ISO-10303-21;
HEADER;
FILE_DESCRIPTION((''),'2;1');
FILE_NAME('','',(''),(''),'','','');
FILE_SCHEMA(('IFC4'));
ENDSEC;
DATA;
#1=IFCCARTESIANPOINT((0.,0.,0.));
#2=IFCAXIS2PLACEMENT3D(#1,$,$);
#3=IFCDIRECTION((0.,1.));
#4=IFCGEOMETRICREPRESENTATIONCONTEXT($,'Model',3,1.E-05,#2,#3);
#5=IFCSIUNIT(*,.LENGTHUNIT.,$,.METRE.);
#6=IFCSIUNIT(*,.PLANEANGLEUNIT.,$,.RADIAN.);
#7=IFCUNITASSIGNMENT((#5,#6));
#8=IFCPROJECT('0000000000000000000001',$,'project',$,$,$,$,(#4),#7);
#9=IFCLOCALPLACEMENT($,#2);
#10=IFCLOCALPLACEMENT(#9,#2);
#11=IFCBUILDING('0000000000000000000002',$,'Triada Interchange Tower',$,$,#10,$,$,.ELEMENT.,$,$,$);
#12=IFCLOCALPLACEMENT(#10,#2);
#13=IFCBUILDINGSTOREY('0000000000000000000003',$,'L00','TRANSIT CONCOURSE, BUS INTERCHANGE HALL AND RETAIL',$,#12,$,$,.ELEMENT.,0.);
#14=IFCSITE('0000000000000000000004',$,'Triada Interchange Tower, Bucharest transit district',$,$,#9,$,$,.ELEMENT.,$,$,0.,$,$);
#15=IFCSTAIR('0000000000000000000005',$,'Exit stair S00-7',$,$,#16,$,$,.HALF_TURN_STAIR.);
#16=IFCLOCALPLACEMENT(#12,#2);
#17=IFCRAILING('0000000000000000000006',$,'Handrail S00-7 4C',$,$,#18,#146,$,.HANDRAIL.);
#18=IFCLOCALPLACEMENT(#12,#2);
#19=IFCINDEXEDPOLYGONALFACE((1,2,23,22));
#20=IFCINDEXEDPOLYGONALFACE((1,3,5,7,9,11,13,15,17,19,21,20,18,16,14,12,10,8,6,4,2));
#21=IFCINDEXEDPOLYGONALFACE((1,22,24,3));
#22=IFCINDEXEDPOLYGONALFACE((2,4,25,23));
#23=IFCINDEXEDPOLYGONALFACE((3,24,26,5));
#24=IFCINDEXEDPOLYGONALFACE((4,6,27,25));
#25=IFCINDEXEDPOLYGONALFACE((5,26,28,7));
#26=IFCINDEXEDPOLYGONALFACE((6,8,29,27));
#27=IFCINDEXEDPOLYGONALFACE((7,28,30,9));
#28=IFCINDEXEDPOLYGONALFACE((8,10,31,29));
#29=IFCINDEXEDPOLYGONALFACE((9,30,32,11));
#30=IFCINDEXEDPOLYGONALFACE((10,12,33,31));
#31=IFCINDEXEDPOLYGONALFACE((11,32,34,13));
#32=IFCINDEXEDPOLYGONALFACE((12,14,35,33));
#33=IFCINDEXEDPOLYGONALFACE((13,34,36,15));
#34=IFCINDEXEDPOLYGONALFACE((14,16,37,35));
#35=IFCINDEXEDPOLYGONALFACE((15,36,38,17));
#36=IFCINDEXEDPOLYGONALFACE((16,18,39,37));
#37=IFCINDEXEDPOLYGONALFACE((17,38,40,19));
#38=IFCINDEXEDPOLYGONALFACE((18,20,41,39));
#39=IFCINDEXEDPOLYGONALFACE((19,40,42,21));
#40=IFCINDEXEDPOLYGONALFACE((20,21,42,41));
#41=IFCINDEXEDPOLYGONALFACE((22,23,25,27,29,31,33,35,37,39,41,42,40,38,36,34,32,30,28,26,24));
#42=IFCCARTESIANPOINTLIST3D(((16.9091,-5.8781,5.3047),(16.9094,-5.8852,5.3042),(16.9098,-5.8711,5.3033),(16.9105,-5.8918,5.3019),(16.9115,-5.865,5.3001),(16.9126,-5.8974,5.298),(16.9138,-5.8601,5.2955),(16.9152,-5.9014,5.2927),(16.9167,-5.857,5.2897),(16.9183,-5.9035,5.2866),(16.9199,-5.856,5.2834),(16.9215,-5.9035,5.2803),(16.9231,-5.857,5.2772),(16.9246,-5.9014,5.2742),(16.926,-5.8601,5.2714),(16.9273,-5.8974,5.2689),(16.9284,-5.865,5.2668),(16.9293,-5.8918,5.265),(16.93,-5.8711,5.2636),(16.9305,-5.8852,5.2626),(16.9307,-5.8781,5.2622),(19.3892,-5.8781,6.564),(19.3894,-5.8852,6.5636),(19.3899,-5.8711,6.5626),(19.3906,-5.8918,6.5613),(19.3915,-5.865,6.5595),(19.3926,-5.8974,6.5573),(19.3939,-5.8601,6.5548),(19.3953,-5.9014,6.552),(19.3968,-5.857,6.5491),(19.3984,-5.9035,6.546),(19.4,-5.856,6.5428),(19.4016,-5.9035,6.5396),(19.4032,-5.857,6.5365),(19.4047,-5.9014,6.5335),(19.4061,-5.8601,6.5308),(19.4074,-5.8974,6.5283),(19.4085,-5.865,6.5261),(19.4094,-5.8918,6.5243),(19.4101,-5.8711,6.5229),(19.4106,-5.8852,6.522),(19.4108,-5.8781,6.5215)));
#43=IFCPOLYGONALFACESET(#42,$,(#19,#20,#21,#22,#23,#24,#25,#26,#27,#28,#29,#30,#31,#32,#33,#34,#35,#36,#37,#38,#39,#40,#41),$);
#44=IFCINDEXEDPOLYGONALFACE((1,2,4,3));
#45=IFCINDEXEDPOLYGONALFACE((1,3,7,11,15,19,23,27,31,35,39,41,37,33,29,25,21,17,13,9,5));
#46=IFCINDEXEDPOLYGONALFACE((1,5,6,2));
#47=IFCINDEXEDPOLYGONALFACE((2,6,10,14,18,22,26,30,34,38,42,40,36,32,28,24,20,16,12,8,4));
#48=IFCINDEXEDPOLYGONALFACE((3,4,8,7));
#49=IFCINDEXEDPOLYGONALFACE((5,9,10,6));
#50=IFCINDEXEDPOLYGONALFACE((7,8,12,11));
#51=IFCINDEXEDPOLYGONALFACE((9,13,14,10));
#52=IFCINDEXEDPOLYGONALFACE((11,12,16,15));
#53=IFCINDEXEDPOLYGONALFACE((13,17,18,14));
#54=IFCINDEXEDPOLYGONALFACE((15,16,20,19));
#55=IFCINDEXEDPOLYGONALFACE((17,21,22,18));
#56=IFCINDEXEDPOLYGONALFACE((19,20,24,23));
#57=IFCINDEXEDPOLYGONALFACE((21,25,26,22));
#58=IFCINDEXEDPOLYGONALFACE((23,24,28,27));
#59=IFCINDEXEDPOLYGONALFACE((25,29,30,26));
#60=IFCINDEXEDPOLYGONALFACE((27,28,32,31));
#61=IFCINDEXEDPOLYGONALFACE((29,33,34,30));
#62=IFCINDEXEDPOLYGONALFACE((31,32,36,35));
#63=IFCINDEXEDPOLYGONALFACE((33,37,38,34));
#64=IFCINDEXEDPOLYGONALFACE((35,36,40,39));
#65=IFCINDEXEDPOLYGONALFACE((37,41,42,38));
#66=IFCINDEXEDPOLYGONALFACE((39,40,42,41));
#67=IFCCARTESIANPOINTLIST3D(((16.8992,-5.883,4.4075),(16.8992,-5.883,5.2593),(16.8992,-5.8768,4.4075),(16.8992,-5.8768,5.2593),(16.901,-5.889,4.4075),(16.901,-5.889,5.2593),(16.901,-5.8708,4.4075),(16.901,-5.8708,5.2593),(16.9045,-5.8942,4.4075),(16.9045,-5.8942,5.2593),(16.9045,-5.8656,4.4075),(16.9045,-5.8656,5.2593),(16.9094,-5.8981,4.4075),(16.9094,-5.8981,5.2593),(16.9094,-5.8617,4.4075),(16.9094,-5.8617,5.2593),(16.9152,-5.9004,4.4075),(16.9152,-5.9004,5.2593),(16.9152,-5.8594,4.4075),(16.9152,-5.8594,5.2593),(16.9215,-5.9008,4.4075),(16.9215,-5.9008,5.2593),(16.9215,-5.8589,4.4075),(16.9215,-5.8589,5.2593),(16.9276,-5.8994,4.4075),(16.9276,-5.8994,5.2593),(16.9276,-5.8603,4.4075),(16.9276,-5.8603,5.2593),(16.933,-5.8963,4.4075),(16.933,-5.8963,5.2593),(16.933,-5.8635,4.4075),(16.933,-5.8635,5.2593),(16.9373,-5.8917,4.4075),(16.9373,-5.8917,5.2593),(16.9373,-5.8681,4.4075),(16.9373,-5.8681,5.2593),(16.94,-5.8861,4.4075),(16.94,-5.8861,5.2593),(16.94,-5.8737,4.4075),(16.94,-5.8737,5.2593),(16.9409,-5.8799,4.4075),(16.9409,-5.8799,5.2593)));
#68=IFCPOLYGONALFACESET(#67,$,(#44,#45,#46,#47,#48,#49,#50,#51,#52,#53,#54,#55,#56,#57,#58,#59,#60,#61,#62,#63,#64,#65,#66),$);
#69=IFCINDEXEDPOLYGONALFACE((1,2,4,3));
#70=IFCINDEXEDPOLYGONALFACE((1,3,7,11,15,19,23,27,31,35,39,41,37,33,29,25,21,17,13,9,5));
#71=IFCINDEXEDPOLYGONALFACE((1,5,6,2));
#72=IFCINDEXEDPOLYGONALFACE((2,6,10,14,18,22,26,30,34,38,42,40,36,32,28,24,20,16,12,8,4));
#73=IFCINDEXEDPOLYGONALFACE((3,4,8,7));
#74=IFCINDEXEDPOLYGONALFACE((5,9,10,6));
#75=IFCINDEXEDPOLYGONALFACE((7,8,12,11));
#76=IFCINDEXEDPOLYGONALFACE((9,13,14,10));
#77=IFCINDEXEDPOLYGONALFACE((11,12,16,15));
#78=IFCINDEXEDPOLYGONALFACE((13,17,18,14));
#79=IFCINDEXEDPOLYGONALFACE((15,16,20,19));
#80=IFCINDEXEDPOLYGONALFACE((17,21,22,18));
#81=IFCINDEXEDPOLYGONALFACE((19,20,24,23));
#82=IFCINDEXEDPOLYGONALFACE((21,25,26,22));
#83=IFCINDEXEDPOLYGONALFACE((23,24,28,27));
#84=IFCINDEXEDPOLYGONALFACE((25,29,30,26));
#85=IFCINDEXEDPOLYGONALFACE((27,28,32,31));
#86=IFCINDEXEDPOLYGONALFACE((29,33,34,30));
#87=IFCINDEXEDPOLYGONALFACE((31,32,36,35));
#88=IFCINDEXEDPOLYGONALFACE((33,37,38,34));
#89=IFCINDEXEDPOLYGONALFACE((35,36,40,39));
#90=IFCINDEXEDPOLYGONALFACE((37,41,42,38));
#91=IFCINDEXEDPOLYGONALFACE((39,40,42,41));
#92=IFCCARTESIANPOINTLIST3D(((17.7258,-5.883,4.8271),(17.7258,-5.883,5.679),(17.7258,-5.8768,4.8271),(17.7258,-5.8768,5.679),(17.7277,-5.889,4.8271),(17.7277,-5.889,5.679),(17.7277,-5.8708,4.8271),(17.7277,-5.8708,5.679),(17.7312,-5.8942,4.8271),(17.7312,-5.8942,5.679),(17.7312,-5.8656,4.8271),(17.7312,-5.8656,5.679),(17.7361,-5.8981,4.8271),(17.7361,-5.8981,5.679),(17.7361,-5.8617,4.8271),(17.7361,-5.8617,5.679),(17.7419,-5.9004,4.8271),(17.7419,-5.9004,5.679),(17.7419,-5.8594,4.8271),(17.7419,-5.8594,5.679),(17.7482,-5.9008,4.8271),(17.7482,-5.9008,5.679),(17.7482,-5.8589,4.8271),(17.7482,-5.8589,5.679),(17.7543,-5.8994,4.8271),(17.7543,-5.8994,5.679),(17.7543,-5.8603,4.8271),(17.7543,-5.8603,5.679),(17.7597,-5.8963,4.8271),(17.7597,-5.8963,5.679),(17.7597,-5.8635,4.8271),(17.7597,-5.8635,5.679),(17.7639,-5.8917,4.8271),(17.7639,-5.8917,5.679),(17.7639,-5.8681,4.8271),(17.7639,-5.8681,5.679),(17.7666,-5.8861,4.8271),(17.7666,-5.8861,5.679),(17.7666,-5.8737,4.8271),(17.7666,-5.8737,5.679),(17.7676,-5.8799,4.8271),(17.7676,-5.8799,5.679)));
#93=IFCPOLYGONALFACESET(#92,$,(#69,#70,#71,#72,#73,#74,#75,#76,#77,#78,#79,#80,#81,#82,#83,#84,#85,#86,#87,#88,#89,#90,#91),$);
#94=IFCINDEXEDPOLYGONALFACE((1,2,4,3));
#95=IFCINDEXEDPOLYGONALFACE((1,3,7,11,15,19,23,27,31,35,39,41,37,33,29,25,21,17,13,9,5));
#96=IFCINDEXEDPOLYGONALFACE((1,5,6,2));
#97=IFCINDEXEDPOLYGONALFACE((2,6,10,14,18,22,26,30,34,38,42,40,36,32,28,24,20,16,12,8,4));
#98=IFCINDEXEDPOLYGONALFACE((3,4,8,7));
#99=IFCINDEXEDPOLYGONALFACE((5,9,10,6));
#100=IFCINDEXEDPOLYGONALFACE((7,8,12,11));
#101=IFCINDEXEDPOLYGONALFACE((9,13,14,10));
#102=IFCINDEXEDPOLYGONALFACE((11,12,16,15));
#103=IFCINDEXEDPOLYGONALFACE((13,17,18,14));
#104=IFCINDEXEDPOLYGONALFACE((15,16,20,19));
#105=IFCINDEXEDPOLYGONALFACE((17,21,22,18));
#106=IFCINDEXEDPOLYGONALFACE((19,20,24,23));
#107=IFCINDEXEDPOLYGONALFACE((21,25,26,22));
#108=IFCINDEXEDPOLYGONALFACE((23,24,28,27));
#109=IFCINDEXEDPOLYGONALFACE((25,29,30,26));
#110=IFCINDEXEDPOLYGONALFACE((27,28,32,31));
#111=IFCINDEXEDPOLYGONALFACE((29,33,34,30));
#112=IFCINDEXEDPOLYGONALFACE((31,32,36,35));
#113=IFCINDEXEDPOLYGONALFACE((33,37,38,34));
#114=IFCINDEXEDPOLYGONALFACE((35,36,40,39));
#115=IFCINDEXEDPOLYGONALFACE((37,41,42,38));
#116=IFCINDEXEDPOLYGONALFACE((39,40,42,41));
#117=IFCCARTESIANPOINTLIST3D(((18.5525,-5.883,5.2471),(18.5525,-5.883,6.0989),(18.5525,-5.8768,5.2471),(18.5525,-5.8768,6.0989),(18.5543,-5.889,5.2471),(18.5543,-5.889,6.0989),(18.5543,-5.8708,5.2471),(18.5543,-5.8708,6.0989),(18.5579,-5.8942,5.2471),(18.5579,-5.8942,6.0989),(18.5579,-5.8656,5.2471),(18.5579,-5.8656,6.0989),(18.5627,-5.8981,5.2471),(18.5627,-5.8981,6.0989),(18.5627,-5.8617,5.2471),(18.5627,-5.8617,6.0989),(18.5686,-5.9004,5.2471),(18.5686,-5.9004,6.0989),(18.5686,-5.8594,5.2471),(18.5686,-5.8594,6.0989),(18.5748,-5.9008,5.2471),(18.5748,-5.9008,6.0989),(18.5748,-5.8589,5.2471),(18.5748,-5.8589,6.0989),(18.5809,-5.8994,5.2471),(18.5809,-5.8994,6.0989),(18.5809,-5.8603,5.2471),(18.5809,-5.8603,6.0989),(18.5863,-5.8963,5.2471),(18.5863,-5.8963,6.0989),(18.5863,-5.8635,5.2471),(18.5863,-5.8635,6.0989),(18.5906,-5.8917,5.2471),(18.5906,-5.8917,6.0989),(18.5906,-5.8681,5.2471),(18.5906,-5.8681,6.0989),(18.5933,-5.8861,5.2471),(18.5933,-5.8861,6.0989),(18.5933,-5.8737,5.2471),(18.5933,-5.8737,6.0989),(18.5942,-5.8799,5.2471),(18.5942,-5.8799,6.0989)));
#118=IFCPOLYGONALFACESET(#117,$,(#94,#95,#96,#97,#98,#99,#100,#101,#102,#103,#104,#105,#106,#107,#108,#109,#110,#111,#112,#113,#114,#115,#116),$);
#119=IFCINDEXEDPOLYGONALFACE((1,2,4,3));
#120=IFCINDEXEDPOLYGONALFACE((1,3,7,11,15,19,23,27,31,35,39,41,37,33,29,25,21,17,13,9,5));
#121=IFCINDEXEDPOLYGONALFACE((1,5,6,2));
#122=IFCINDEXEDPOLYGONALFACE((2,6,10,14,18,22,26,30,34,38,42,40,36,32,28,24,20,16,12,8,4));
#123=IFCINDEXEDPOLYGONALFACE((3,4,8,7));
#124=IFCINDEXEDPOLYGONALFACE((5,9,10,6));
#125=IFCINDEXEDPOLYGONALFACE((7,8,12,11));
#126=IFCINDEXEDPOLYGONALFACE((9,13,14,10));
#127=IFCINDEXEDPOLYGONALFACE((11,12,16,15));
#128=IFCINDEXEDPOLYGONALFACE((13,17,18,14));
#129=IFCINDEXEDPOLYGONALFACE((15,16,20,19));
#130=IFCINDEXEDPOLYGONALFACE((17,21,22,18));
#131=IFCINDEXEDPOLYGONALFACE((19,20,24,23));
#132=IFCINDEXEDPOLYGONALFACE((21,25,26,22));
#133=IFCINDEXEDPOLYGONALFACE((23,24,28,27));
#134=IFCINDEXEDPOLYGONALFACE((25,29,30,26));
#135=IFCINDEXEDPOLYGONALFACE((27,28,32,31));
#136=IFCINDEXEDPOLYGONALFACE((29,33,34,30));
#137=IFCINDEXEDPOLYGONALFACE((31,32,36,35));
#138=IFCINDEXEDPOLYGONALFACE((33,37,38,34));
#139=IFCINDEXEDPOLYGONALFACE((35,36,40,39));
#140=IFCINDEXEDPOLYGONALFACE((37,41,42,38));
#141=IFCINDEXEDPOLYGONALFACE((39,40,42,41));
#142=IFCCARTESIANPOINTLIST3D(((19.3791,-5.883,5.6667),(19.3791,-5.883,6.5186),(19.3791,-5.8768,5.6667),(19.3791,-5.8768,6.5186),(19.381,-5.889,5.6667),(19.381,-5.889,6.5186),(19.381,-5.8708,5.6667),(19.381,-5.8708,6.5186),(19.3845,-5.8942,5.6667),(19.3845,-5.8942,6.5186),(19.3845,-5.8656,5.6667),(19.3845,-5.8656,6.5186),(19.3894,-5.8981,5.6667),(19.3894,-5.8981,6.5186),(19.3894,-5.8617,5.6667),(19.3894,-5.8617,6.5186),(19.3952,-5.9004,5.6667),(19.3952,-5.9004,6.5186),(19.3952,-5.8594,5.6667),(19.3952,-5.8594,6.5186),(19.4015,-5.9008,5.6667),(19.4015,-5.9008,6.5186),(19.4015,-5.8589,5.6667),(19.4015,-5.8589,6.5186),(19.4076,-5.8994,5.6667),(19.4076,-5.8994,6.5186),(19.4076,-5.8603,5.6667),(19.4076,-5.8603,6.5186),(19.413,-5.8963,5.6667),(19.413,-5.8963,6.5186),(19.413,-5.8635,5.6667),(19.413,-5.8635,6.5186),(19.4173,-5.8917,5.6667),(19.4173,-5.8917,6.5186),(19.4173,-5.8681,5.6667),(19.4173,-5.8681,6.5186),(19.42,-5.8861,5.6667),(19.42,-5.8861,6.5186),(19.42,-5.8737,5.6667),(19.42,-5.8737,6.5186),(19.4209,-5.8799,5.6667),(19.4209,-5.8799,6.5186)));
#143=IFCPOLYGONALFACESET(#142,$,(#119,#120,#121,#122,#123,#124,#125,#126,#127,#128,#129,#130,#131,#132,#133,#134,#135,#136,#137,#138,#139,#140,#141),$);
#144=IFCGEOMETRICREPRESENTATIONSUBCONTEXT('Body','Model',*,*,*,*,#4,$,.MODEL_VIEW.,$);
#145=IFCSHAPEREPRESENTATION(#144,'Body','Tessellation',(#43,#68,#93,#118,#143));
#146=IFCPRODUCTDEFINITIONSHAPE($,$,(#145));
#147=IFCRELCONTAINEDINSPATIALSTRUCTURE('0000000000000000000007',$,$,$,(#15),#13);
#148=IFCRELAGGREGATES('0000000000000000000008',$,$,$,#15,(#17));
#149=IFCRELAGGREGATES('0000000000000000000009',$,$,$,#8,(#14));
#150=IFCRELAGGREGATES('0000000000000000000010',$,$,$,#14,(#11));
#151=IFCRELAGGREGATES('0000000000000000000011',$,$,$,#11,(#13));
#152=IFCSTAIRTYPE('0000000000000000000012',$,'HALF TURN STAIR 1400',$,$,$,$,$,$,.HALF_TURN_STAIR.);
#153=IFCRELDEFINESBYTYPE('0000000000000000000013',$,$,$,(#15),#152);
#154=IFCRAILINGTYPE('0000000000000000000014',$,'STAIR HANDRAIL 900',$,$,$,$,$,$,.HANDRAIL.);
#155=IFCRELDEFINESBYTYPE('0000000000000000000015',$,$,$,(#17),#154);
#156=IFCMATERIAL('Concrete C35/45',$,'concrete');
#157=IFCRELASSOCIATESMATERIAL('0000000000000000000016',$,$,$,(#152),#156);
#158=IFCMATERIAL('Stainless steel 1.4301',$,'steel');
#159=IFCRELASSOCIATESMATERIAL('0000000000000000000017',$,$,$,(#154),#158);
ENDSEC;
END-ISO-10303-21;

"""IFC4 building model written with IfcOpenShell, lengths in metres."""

from ifc_helpers import new_model, si_unit, direction, frame, origin, origin_2d, place, context, subcontext, project, spatial, circle, extrude, material, type_object, element, aggregate, save


model = new_model("IFC4")

# Units and contexts
model_context = context("Model", 3, precision=1e-05, world=origin(), true_north=direction((0.0, 1.0)))
body_context = subcontext(model_context, "Body", "Model", "MODEL_VIEW")
ifc_project = project(units=[si_unit("LENGTHUNIT", "METRE"), si_unit("PLANEANGLEUNIT", "RADIAN")], contexts=[model_context])

# Site, building, storey
site_placement = place(None, origin())
site = spatial("IfcSite", under=ifc_project, at=site_placement, Name="Triada Interchange Tower, Bucharest transit district", CompositionType="ELEMENT", RefElevation=0.0)
building_placement = place(site_placement, origin())
building = spatial("IfcBuilding", under=site, at=building_placement, Name="Triada Interchange Tower", CompositionType="ELEMENT")
storey_placement = place(building_placement, origin())
storey = spatial("IfcBuildingStorey", under=building, at=storey_placement, Name="L00", Description="TRANSIT CONCOURSE, BUS INTERCHANGE HALL AND RETAIL", CompositionType="ELEMENT", Elevation=0.0)

# Shared definitions
ifc_material_1 = material(Name="Concrete C35/45", Category="concrete")

# Stair
stair_type = type_object("IfcStairType", Name="HALF TURN STAIR 1400", PredefinedType="HALF_TURN_STAIR", material=ifc_material_1)
stair_1_placement = place(storey_placement, origin())
stair_1 = element("IfcStair", 1, at=stair_1_placement, inside=storey, type_object=stair_type, Name="Exit stair S00-7", PredefinedType="HALF_TURN_STAIR")

# Shared definitions
ifc_material_2 = material(Name="Stainless steel 1.4301", Category="steel")

# Railing
railing_type_1 = type_object("IfcRailingType", Name="STAIR HANDRAIL 900", PredefinedType="HANDRAIL", material=ifc_material_2)
railing_1_placement = place(storey_placement, frame((16.9199, -5.8799, 4.4075)))
railing_1 = element("IfcRailing", 2, at=railing_1_placement, type_object=railing_type_1, Name="Handrail S00-7 4C", PredefinedType="HANDRAIL", context=body_context, shape_type="SweptSolid", body=[
    extrude(circle(Radius=0.0239, at=origin_2d()), frame((0.0, 0.0, 0.876), z_axis=(0.891636, 0.0, 0.452752), x_axis=(0.0, 1.0, 0.0)), (0.0, 0.0, 1.0), 2.7815),
    extrude(circle(Radius=0.021, at=origin_2d()), origin(), (0.0, 0.0, 1.0), 0.8518),
    extrude(circle(Radius=0.021, at=origin_2d()), frame((0.8267, 0.0, 0.4197)), (0.0, 0.0, 1.0), 0.8518),
    extrude(circle(Radius=0.021, at=origin_2d()), frame((1.6533, 0.0, 0.8396)), (0.0, 0.0, 1.0), 0.8518),
    extrude(circle(Radius=0.021, at=origin_2d()), frame((2.48, 0.0, 1.2593)), (0.0, 0.0, 1.0), 0.8518),
])
aggregate(stair_1, [railing_1])

save(model, "model.ifc")
